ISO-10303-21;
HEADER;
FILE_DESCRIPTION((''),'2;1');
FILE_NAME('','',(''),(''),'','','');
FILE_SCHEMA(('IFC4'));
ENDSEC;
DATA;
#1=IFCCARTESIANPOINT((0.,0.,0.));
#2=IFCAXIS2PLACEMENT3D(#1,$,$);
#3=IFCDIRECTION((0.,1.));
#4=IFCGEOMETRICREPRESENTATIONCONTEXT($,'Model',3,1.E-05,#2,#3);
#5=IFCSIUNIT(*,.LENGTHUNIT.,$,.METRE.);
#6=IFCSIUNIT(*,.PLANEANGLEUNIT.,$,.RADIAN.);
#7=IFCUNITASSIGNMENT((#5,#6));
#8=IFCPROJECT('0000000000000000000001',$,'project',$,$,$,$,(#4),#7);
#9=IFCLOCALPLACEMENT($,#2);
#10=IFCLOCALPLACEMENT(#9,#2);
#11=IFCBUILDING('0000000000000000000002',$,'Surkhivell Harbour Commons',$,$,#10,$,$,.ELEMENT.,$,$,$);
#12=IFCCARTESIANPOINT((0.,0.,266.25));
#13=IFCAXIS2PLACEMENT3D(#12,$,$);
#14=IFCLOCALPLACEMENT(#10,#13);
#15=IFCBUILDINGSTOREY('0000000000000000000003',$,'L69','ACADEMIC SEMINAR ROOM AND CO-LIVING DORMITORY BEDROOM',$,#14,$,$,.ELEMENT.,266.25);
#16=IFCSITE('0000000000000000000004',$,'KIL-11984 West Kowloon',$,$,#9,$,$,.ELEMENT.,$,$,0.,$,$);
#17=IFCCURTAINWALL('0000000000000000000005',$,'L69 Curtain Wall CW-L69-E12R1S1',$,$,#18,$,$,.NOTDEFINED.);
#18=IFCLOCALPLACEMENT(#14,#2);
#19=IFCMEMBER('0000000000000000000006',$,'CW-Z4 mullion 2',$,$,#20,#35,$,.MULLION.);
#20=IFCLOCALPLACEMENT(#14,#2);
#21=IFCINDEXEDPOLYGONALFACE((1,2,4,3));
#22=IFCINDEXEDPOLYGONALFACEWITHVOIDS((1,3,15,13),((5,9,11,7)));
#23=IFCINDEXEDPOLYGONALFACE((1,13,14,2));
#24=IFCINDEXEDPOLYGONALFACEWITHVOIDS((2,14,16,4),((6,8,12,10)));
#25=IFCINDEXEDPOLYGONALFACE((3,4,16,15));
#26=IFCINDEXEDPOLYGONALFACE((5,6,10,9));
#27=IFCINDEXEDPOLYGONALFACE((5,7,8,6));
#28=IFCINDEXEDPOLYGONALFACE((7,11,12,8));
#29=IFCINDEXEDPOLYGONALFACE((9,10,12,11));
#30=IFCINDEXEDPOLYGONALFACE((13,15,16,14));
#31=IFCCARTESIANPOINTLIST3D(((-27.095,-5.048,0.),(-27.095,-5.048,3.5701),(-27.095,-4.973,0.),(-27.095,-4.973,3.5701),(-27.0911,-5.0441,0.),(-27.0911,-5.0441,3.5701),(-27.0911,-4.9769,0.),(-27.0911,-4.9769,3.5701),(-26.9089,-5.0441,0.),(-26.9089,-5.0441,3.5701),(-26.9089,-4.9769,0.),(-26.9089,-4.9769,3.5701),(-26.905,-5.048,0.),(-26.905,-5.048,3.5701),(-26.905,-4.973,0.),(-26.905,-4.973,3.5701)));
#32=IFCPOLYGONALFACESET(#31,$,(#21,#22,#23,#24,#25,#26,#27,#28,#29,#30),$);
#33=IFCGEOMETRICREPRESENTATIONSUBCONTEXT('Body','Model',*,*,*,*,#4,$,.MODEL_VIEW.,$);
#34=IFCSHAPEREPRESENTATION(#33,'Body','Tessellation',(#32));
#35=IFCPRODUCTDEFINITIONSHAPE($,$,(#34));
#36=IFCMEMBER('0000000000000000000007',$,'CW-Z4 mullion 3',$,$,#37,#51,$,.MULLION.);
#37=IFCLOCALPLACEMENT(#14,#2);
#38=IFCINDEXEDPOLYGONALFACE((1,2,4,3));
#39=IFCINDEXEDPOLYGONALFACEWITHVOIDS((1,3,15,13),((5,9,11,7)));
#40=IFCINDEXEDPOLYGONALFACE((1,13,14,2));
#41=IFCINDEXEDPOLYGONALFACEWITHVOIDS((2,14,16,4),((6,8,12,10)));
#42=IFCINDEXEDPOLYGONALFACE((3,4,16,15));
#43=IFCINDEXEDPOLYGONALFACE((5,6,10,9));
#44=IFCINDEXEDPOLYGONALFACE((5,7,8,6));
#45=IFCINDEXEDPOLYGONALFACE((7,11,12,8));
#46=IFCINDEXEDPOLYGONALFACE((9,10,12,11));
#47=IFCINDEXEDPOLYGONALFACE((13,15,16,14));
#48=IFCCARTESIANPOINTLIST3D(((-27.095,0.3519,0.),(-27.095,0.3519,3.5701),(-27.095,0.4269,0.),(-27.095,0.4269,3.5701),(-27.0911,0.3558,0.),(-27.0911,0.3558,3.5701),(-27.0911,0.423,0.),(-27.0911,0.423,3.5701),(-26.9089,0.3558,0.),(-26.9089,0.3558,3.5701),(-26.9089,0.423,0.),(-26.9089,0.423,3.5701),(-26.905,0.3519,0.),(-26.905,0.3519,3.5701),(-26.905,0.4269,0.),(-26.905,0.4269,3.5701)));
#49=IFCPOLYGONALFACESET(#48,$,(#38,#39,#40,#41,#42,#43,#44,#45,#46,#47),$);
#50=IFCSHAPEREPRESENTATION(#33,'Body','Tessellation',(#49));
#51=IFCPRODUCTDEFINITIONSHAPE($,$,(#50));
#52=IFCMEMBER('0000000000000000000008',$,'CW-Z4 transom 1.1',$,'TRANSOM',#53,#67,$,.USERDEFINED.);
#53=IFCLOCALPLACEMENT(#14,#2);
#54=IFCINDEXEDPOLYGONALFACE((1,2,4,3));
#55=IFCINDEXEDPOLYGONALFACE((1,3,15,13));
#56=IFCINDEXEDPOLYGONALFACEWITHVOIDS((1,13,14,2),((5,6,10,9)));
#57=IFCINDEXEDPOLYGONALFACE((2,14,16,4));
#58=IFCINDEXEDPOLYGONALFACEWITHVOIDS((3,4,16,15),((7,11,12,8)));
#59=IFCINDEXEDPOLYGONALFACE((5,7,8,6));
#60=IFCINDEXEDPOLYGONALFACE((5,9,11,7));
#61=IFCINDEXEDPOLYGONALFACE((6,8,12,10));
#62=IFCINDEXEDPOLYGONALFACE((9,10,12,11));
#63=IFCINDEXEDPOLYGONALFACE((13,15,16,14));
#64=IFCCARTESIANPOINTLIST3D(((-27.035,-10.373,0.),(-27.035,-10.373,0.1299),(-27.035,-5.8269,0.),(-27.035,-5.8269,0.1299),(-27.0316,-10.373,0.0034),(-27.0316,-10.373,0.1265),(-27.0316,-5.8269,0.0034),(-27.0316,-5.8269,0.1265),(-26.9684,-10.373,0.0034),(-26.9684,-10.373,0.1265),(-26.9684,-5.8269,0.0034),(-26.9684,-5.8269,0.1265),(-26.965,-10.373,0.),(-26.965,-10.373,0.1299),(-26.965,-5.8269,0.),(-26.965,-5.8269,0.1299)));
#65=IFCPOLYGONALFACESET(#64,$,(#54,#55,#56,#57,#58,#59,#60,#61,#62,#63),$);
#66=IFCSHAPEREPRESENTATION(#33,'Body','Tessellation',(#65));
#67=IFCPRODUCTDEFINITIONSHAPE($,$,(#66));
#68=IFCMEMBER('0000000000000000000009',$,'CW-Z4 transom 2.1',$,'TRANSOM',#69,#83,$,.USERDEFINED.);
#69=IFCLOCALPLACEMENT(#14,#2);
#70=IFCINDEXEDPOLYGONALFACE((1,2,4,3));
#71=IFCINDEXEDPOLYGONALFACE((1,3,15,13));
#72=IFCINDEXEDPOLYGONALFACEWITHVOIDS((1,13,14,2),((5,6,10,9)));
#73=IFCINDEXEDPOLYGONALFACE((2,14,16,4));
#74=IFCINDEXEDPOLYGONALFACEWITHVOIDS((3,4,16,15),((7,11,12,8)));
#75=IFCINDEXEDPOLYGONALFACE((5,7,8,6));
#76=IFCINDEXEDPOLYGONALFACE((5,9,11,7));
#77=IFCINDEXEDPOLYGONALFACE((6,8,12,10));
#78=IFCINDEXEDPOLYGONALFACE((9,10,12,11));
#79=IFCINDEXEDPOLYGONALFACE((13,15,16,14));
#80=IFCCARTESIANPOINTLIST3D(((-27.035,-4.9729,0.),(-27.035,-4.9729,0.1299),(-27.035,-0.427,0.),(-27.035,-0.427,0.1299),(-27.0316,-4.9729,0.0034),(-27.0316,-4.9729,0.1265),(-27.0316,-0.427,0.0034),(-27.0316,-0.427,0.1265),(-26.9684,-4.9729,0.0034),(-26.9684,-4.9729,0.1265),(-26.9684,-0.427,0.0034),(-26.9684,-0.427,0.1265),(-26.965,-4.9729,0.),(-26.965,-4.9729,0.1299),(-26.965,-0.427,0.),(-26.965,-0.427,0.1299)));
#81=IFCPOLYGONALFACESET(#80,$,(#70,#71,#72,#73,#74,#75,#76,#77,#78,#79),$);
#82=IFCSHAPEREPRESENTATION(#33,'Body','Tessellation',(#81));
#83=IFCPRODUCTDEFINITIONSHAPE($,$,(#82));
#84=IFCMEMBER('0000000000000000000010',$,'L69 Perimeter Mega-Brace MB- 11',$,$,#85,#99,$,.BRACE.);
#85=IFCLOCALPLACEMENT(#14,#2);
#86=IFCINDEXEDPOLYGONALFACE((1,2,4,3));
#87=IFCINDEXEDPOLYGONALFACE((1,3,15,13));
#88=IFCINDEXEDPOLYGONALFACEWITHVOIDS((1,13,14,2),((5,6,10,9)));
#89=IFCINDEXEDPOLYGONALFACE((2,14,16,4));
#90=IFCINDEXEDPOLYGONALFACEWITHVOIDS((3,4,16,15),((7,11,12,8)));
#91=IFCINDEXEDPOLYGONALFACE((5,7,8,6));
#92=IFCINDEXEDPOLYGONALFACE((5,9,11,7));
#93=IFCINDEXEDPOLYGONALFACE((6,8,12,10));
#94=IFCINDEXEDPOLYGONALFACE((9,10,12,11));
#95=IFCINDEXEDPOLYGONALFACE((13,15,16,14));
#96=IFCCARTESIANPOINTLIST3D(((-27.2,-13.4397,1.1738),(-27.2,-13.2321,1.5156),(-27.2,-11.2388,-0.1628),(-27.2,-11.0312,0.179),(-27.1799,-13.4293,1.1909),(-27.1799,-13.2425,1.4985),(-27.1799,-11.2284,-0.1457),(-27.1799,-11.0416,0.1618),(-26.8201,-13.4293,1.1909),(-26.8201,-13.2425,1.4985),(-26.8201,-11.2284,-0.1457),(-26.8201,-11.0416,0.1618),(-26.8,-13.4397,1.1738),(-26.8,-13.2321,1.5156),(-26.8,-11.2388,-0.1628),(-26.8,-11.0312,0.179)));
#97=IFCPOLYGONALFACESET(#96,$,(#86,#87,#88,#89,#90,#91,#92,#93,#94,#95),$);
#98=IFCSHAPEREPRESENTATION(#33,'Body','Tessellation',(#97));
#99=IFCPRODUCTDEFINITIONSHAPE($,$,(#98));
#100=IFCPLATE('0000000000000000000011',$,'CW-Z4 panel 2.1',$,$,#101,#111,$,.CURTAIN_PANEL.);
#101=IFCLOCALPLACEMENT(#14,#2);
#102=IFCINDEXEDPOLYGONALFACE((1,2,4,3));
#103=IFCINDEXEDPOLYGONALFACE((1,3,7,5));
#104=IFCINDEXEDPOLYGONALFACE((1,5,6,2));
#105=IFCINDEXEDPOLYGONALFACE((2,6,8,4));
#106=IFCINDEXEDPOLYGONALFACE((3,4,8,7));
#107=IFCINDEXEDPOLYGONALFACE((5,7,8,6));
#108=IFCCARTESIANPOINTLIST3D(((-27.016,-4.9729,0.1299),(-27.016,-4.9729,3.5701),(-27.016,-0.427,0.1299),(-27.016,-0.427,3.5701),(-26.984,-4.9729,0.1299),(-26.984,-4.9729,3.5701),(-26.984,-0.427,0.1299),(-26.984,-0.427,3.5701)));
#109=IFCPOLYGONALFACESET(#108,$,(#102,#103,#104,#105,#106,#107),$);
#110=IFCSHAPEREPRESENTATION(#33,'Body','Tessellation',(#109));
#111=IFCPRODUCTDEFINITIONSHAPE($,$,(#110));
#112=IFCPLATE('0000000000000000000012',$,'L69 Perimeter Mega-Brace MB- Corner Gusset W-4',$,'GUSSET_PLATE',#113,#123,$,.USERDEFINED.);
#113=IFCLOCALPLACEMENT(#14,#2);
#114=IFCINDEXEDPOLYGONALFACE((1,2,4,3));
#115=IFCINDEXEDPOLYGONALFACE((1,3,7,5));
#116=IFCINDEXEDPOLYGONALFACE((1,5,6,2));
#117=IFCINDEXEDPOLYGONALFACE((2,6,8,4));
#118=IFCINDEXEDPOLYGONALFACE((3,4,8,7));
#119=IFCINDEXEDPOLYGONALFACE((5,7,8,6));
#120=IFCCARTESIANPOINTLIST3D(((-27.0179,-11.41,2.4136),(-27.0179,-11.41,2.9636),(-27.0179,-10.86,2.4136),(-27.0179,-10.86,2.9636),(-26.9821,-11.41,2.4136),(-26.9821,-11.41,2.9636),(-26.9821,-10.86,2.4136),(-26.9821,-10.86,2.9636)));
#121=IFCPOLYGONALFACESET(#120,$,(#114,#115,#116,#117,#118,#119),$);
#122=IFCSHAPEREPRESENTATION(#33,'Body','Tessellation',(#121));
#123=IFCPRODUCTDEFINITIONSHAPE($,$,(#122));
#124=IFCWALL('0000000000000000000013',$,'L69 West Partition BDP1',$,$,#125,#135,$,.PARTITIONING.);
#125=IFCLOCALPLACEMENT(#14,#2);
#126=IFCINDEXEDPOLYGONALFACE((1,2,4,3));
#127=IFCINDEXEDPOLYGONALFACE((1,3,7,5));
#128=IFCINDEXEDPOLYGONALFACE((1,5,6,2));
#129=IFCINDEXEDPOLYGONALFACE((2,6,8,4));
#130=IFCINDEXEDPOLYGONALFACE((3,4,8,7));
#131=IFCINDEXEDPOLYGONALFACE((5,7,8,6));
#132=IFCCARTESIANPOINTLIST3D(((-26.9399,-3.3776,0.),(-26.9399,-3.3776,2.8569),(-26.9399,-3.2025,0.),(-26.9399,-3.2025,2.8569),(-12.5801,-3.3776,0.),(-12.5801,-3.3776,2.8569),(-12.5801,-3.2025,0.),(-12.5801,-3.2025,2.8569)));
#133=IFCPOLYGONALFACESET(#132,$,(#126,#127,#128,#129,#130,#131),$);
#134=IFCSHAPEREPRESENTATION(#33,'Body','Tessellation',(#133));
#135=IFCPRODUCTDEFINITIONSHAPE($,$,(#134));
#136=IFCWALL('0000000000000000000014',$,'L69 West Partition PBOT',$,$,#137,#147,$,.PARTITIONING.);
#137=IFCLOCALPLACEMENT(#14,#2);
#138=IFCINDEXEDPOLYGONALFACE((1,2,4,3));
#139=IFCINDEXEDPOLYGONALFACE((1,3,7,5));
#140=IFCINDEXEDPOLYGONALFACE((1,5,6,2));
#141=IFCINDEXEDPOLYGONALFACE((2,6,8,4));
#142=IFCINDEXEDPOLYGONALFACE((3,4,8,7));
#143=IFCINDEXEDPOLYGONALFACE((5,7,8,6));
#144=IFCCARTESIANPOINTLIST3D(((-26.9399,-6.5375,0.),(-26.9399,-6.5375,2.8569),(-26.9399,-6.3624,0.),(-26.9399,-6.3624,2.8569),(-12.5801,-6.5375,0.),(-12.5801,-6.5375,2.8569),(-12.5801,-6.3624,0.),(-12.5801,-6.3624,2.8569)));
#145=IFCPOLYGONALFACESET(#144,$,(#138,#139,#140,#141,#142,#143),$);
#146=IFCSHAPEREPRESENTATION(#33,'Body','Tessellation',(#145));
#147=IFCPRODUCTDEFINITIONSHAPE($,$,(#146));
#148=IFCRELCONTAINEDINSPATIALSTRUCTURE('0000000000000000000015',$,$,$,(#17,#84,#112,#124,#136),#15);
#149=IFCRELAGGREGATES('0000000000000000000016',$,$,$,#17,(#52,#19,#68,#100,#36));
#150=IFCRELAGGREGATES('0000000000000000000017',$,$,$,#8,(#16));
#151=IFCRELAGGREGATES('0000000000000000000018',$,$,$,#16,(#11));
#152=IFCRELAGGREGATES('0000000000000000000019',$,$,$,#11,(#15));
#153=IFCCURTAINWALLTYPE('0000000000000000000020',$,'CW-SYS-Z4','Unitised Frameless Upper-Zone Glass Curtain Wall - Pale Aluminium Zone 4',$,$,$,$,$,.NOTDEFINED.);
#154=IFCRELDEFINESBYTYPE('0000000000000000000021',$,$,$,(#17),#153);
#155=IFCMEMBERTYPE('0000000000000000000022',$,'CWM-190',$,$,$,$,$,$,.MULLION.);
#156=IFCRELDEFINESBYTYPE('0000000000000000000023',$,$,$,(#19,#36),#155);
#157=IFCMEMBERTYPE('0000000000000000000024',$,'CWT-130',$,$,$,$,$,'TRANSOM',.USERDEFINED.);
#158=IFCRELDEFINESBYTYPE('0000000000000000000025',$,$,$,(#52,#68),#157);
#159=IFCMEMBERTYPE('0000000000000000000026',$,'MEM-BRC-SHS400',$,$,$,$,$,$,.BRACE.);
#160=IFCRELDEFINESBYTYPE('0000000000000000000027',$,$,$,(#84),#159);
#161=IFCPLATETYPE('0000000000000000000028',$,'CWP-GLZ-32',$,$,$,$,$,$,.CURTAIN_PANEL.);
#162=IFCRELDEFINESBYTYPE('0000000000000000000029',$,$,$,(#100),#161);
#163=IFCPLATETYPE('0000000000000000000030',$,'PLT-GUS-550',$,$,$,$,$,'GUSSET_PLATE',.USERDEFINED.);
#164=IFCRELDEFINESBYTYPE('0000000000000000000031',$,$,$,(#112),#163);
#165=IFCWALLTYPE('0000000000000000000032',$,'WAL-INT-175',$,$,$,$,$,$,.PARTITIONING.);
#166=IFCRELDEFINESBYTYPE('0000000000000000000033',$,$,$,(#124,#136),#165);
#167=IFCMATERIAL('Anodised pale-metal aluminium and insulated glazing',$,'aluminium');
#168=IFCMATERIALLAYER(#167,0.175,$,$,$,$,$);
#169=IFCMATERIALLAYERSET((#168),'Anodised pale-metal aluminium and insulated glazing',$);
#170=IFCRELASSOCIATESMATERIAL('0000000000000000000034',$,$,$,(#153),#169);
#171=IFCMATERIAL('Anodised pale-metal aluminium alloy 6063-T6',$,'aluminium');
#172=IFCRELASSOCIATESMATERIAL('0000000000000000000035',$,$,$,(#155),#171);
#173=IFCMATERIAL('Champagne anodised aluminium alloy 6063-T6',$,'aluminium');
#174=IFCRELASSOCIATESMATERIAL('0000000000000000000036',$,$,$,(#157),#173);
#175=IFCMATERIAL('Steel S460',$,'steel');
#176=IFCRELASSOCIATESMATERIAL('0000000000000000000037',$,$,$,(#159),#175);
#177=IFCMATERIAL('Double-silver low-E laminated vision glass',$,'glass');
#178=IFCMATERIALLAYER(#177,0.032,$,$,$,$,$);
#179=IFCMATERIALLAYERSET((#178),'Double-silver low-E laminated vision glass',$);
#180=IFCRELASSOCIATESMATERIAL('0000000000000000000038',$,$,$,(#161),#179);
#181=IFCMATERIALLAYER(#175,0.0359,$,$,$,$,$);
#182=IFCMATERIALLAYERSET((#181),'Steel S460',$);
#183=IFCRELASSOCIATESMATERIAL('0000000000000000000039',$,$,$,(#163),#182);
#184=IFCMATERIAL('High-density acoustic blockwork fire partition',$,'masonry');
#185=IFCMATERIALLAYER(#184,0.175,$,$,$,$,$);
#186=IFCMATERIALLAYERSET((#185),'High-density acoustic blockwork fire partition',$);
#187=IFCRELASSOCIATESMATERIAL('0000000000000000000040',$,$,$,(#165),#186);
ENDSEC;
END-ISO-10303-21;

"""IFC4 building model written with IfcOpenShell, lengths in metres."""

from ifc_helpers import new_model, si_unit, direction, frame, frame_2d, origin, origin_2d, place, context, subcontext, project, spatial, rectangle, hollow_rectangle, extrude, material, layer, layer_set, material_profile, profile_set, type_object, element, aggregate, save


model = new_model("IFC4")

# Units and contexts
model_context = context("Model", 3, precision=1e-05, world=origin(), true_north=direction((0.0, 1.0)))
body_context = subcontext(model_context, "Body", "Model", "MODEL_VIEW")
ifc_project = project(units=[si_unit("LENGTHUNIT", "METRE"), si_unit("PLANEANGLEUNIT", "RADIAN")], contexts=[model_context])

# Site, building, storey
site_placement = place(None, origin())
site = spatial("IfcSite", under=ifc_project, at=site_placement, Name="KIL-11984 West Kowloon", CompositionType="ELEMENT", RefElevation=0.0)
building_placement = place(site_placement, origin())
building = spatial("IfcBuilding", under=site, at=building_placement, Name="Surkhivell Harbour Commons", CompositionType="ELEMENT")
storey_placement = place(building_placement, frame((0.0, 0.0, 266.25)))
storey = spatial("IfcBuildingStorey", under=building, at=storey_placement, Name="L69", Description="ACADEMIC SEMINAR ROOM AND CO-LIVING DORMITORY BEDROOM", CompositionType="ELEMENT", Elevation=266.25)

# Curtain wall, members
ifc_material_1 = material(Name="Anodised pale-metal aluminium and insulated glazing", Category="aluminium")
ifc_layer_1 = layer(ifc_material_1, 0.175)
ifc_layer_set_1 = layer_set([ifc_layer_1], Name="Anodised pale-metal aluminium and insulated glazing")
curtain_wall_type = type_object("IfcCurtainWallType", Name="CW-SYS-Z4", Description="Unitised Frameless Upper-Zone Glass Curtain Wall - Pale Aluminium Zone 4", PredefinedType="NOTDEFINED", material=ifc_layer_set_1)
curtain_wall_placement = place(storey_placement, origin())
curtain_wall = element("IfcCurtainWall", 1, at=curtain_wall_placement, inside=storey, type_object=curtain_wall_type, Name="L69 Curtain Wall CW-L69-E12R1S1", PredefinedType="NOTDEFINED")
ifc_material_2 = material(Name="Anodised pale-metal aluminium alloy 6063-T6", Category="aluminium")
ifc_material_profile_1 = material_profile(ifc_material_2, hollow_rectangle(XDim=0.075, YDim=0.1899, WallThickness=0.0039, at=origin_2d()), Name="ALU-MULL-75x190")
ifc_profile_set_1 = profile_set([ifc_material_profile_1], Name="Anodised pale-metal aluminium alloy 6063-T6")
member_type_1 = type_object("IfcMemberType", Name="CWM-190", PredefinedType="MULLION", material=ifc_profile_set_1)
member_1_placement = place(storey_placement, frame((-27.0, -5.0105, 0.0), z_axis=(0.0, 0.0, 1.0), x_axis=(0.0, 1.0, 0.0)))
member_1 = element("IfcMember", 2, at=member_1_placement, type_object=member_type_1, Name="CW-Z4 mullion 2", PredefinedType="MULLION", context=body_context, shape_type="SweptSolid", body=[
    extrude(hollow_rectangle(XDim=0.075, YDim=0.1899, WallThickness=0.0039, at=origin_2d()), origin(), (0.0, 0.0, 1.0), 3.5701),
])
member_2_placement = place(storey_placement, frame((-27.0, 0.3894, 0.0), z_axis=(0.0, 0.0, 1.0), x_axis=(0.0, 1.0, 0.0)))
member_2 = element("IfcMember", 3, at=member_2_placement, type_object=member_type_1, Name="CW-Z4 mullion 3", PredefinedType="MULLION", context=body_context, shape_type="SweptSolid", body=[
    extrude(hollow_rectangle(XDim=0.075, YDim=0.1899, WallThickness=0.0039, at=origin_2d()), origin(), (0.0, 0.0, 1.0), 3.5701),
])
ifc_material_3 = material(Name="Champagne anodised aluminium alloy 6063-T6", Category="aluminium")
ifc_material_profile_2 = material_profile(ifc_material_3, hollow_rectangle(XDim=0.0701, YDim=0.1299, WallThickness=0.0034, at=origin_2d()), Name="ALU-TRAN-70x130")
ifc_profile_set_2 = profile_set([ifc_material_profile_2], Name="Champagne anodised aluminium alloy 6063-T6")
member_type_2 = type_object("IfcMemberType", Name="CWT-130", ElementType="TRANSOM", PredefinedType="USERDEFINED", material=ifc_profile_set_2)
member_3_placement = place(storey_placement, frame((-27.0, -10.373, 0.0649), z_axis=(0.0, 1.0, 0.0), x_axis=(-1.0, 0.0, 0.0)))
member_3 = element("IfcMember", 4, at=member_3_placement, type_object=member_type_2, Name="CW-Z4 transom 1.1", ObjectType="TRANSOM", PredefinedType="USERDEFINED", context=body_context, shape_type="SweptSolid", body=[
    extrude(hollow_rectangle(XDim=0.0701, YDim=0.1299, WallThickness=0.0034, at=origin_2d()), origin(), (0.0, 0.0, 1.0), 4.5461),
])
member_4_placement = place(storey_placement, frame((-27.0, -4.9729, 0.0649), z_axis=(0.0, 1.0, 0.0), x_axis=(-1.0, 0.0, 0.0)))
member_4 = element("IfcMember", 5, at=member_4_placement, type_object=member_type_2, Name="CW-Z4 transom 2.1", ObjectType="TRANSOM", PredefinedType="USERDEFINED", context=body_context, shape_type="SweptSolid", body=[
    extrude(hollow_rectangle(XDim=0.0701, YDim=0.1299, WallThickness=0.0034, at=origin_2d()), origin(), (0.0, 0.0, 1.0), 4.5459),
])

# Member
ifc_material_4 = material(Name="Steel S460", Category="steel")
ifc_material_profile_3 = material_profile(ifc_material_4, hollow_rectangle(XDim=0.3999, YDim=0.3999, WallThickness=0.02, at=origin_2d()), Name="SHS400x400x20")
ifc_profile_set_3 = profile_set([ifc_material_profile_3], Name="Steel S460")
member_type_3 = type_object("IfcMemberType", Name="MEM-BRC-SHS400", PredefinedType="BRACE", material=ifc_profile_set_3)
member_5_placement = place(storey_placement, frame((-27.0, -11.135, 0.0081), z_axis=(0.0, -0.85472, 0.519089), x_axis=(1.0, 0.0, 0.0)))
element("IfcMember", 6, at=member_5_placement, inside=storey, type_object=member_type_3, Name="L69 Perimeter Mega-Brace MB- 11", PredefinedType="BRACE", context=body_context, shape_type="SweptSolid", body=[
    extrude(hollow_rectangle(XDim=0.3999, YDim=0.3999, WallThickness=0.02, at=origin_2d()), origin(), (0.0, 0.0, 1.0), 2.575),
])

# Plates
ifc_material_5 = material(Name="Double-silver low-E laminated vision glass", Category="glass")
ifc_layer_2 = layer(ifc_material_5, 0.032)
ifc_layer_set_2 = layer_set([ifc_layer_2], Name="Double-silver low-E laminated vision glass")
plate_type_1 = type_object("IfcPlateType", Name="CWP-GLZ-32", PredefinedType="CURTAIN_PANEL", material=ifc_layer_set_2)
plate_1_placement = place(storey_placement, frame((-27.0, -4.9729, 0.1299), z_axis=(0.0, 0.0, 1.0), x_axis=(0.0, 1.0, 0.0)))
plate_1 = element("IfcPlate", 7, at=plate_1_placement, type_object=plate_type_1, Name="CW-Z4 panel 2.1", PredefinedType="CURTAIN_PANEL", context=body_context, shape_type="SweptSolid", body=[
    extrude(rectangle(XDim=4.5459, YDim=0.032, at=frame_2d((2.2729, 0.0))), origin(), (0.0, 0.0, 1.0), 3.4402),
])
aggregate(curtain_wall, [member_3, member_1, member_4, plate_1, member_2])
ifc_layer_3 = layer(ifc_material_4, 0.0359)
ifc_layer_set_3 = layer_set([ifc_layer_3], Name="Steel S460")
plate_type_2 = type_object("IfcPlateType", Name="PLT-GUS-550", ElementType="GUSSET_PLATE", PredefinedType="USERDEFINED", material=ifc_layer_set_3)
plate_2_placement = place(storey_placement, frame((-27.0, -11.135, 2.4136), z_axis=(0.0, 0.0, 1.0), x_axis=(0.0, 1.0, 0.0)))
element("IfcPlate", 8, at=plate_2_placement, inside=storey, type_object=plate_type_2, Name="L69 Perimeter Mega-Brace MB- Corner Gusset W-4", ObjectType="GUSSET_PLATE", PredefinedType="USERDEFINED", context=body_context, shape_type="SweptSolid", body=[
    extrude(rectangle(XDim=0.55, YDim=0.0359, at=origin_2d()), origin(), (0.0, 0.0, 1.0), 0.55),
])

# Walls
ifc_material_6 = material(Name="High-density acoustic blockwork fire partition", Category="masonry")
ifc_layer_4 = layer(ifc_material_6, 0.175)
ifc_layer_set_4 = layer_set([ifc_layer_4], Name="High-density acoustic blockwork fire partition")
wall_type_1 = type_object("IfcWallType", Name="WAL-INT-175", PredefinedType="PARTITIONING", material=ifc_layer_set_4)
for number, where, z_axis, x_axis, name in (
    (9, (-26.9399, -3.29, 0.0), (0.0, 0.0, 1.0), (1.0, 0.0, 0.0), "L69 West Partition BDP1"),
    (10, (-26.9399, -6.45, 0.0), (0.0, 0.0, 1.0), (1.0, 0.0, 0.0), "L69 West Partition PBOT"),
):
    element("IfcWall", number, at=place(storey_placement, frame(where, z_axis=z_axis, x_axis=x_axis)), inside=storey, type_object=wall_type_1, Name=name, PredefinedType="PARTITIONING", context=body_context, shape_type="SweptSolid", body=[
        extrude(rectangle(XDim=14.3599, YDim=0.175, at=frame_2d((7.1799, 0.0))), origin(), (0.0, 0.0, 1.0), 2.8569),
    ])

save(model, "model.ifc")
